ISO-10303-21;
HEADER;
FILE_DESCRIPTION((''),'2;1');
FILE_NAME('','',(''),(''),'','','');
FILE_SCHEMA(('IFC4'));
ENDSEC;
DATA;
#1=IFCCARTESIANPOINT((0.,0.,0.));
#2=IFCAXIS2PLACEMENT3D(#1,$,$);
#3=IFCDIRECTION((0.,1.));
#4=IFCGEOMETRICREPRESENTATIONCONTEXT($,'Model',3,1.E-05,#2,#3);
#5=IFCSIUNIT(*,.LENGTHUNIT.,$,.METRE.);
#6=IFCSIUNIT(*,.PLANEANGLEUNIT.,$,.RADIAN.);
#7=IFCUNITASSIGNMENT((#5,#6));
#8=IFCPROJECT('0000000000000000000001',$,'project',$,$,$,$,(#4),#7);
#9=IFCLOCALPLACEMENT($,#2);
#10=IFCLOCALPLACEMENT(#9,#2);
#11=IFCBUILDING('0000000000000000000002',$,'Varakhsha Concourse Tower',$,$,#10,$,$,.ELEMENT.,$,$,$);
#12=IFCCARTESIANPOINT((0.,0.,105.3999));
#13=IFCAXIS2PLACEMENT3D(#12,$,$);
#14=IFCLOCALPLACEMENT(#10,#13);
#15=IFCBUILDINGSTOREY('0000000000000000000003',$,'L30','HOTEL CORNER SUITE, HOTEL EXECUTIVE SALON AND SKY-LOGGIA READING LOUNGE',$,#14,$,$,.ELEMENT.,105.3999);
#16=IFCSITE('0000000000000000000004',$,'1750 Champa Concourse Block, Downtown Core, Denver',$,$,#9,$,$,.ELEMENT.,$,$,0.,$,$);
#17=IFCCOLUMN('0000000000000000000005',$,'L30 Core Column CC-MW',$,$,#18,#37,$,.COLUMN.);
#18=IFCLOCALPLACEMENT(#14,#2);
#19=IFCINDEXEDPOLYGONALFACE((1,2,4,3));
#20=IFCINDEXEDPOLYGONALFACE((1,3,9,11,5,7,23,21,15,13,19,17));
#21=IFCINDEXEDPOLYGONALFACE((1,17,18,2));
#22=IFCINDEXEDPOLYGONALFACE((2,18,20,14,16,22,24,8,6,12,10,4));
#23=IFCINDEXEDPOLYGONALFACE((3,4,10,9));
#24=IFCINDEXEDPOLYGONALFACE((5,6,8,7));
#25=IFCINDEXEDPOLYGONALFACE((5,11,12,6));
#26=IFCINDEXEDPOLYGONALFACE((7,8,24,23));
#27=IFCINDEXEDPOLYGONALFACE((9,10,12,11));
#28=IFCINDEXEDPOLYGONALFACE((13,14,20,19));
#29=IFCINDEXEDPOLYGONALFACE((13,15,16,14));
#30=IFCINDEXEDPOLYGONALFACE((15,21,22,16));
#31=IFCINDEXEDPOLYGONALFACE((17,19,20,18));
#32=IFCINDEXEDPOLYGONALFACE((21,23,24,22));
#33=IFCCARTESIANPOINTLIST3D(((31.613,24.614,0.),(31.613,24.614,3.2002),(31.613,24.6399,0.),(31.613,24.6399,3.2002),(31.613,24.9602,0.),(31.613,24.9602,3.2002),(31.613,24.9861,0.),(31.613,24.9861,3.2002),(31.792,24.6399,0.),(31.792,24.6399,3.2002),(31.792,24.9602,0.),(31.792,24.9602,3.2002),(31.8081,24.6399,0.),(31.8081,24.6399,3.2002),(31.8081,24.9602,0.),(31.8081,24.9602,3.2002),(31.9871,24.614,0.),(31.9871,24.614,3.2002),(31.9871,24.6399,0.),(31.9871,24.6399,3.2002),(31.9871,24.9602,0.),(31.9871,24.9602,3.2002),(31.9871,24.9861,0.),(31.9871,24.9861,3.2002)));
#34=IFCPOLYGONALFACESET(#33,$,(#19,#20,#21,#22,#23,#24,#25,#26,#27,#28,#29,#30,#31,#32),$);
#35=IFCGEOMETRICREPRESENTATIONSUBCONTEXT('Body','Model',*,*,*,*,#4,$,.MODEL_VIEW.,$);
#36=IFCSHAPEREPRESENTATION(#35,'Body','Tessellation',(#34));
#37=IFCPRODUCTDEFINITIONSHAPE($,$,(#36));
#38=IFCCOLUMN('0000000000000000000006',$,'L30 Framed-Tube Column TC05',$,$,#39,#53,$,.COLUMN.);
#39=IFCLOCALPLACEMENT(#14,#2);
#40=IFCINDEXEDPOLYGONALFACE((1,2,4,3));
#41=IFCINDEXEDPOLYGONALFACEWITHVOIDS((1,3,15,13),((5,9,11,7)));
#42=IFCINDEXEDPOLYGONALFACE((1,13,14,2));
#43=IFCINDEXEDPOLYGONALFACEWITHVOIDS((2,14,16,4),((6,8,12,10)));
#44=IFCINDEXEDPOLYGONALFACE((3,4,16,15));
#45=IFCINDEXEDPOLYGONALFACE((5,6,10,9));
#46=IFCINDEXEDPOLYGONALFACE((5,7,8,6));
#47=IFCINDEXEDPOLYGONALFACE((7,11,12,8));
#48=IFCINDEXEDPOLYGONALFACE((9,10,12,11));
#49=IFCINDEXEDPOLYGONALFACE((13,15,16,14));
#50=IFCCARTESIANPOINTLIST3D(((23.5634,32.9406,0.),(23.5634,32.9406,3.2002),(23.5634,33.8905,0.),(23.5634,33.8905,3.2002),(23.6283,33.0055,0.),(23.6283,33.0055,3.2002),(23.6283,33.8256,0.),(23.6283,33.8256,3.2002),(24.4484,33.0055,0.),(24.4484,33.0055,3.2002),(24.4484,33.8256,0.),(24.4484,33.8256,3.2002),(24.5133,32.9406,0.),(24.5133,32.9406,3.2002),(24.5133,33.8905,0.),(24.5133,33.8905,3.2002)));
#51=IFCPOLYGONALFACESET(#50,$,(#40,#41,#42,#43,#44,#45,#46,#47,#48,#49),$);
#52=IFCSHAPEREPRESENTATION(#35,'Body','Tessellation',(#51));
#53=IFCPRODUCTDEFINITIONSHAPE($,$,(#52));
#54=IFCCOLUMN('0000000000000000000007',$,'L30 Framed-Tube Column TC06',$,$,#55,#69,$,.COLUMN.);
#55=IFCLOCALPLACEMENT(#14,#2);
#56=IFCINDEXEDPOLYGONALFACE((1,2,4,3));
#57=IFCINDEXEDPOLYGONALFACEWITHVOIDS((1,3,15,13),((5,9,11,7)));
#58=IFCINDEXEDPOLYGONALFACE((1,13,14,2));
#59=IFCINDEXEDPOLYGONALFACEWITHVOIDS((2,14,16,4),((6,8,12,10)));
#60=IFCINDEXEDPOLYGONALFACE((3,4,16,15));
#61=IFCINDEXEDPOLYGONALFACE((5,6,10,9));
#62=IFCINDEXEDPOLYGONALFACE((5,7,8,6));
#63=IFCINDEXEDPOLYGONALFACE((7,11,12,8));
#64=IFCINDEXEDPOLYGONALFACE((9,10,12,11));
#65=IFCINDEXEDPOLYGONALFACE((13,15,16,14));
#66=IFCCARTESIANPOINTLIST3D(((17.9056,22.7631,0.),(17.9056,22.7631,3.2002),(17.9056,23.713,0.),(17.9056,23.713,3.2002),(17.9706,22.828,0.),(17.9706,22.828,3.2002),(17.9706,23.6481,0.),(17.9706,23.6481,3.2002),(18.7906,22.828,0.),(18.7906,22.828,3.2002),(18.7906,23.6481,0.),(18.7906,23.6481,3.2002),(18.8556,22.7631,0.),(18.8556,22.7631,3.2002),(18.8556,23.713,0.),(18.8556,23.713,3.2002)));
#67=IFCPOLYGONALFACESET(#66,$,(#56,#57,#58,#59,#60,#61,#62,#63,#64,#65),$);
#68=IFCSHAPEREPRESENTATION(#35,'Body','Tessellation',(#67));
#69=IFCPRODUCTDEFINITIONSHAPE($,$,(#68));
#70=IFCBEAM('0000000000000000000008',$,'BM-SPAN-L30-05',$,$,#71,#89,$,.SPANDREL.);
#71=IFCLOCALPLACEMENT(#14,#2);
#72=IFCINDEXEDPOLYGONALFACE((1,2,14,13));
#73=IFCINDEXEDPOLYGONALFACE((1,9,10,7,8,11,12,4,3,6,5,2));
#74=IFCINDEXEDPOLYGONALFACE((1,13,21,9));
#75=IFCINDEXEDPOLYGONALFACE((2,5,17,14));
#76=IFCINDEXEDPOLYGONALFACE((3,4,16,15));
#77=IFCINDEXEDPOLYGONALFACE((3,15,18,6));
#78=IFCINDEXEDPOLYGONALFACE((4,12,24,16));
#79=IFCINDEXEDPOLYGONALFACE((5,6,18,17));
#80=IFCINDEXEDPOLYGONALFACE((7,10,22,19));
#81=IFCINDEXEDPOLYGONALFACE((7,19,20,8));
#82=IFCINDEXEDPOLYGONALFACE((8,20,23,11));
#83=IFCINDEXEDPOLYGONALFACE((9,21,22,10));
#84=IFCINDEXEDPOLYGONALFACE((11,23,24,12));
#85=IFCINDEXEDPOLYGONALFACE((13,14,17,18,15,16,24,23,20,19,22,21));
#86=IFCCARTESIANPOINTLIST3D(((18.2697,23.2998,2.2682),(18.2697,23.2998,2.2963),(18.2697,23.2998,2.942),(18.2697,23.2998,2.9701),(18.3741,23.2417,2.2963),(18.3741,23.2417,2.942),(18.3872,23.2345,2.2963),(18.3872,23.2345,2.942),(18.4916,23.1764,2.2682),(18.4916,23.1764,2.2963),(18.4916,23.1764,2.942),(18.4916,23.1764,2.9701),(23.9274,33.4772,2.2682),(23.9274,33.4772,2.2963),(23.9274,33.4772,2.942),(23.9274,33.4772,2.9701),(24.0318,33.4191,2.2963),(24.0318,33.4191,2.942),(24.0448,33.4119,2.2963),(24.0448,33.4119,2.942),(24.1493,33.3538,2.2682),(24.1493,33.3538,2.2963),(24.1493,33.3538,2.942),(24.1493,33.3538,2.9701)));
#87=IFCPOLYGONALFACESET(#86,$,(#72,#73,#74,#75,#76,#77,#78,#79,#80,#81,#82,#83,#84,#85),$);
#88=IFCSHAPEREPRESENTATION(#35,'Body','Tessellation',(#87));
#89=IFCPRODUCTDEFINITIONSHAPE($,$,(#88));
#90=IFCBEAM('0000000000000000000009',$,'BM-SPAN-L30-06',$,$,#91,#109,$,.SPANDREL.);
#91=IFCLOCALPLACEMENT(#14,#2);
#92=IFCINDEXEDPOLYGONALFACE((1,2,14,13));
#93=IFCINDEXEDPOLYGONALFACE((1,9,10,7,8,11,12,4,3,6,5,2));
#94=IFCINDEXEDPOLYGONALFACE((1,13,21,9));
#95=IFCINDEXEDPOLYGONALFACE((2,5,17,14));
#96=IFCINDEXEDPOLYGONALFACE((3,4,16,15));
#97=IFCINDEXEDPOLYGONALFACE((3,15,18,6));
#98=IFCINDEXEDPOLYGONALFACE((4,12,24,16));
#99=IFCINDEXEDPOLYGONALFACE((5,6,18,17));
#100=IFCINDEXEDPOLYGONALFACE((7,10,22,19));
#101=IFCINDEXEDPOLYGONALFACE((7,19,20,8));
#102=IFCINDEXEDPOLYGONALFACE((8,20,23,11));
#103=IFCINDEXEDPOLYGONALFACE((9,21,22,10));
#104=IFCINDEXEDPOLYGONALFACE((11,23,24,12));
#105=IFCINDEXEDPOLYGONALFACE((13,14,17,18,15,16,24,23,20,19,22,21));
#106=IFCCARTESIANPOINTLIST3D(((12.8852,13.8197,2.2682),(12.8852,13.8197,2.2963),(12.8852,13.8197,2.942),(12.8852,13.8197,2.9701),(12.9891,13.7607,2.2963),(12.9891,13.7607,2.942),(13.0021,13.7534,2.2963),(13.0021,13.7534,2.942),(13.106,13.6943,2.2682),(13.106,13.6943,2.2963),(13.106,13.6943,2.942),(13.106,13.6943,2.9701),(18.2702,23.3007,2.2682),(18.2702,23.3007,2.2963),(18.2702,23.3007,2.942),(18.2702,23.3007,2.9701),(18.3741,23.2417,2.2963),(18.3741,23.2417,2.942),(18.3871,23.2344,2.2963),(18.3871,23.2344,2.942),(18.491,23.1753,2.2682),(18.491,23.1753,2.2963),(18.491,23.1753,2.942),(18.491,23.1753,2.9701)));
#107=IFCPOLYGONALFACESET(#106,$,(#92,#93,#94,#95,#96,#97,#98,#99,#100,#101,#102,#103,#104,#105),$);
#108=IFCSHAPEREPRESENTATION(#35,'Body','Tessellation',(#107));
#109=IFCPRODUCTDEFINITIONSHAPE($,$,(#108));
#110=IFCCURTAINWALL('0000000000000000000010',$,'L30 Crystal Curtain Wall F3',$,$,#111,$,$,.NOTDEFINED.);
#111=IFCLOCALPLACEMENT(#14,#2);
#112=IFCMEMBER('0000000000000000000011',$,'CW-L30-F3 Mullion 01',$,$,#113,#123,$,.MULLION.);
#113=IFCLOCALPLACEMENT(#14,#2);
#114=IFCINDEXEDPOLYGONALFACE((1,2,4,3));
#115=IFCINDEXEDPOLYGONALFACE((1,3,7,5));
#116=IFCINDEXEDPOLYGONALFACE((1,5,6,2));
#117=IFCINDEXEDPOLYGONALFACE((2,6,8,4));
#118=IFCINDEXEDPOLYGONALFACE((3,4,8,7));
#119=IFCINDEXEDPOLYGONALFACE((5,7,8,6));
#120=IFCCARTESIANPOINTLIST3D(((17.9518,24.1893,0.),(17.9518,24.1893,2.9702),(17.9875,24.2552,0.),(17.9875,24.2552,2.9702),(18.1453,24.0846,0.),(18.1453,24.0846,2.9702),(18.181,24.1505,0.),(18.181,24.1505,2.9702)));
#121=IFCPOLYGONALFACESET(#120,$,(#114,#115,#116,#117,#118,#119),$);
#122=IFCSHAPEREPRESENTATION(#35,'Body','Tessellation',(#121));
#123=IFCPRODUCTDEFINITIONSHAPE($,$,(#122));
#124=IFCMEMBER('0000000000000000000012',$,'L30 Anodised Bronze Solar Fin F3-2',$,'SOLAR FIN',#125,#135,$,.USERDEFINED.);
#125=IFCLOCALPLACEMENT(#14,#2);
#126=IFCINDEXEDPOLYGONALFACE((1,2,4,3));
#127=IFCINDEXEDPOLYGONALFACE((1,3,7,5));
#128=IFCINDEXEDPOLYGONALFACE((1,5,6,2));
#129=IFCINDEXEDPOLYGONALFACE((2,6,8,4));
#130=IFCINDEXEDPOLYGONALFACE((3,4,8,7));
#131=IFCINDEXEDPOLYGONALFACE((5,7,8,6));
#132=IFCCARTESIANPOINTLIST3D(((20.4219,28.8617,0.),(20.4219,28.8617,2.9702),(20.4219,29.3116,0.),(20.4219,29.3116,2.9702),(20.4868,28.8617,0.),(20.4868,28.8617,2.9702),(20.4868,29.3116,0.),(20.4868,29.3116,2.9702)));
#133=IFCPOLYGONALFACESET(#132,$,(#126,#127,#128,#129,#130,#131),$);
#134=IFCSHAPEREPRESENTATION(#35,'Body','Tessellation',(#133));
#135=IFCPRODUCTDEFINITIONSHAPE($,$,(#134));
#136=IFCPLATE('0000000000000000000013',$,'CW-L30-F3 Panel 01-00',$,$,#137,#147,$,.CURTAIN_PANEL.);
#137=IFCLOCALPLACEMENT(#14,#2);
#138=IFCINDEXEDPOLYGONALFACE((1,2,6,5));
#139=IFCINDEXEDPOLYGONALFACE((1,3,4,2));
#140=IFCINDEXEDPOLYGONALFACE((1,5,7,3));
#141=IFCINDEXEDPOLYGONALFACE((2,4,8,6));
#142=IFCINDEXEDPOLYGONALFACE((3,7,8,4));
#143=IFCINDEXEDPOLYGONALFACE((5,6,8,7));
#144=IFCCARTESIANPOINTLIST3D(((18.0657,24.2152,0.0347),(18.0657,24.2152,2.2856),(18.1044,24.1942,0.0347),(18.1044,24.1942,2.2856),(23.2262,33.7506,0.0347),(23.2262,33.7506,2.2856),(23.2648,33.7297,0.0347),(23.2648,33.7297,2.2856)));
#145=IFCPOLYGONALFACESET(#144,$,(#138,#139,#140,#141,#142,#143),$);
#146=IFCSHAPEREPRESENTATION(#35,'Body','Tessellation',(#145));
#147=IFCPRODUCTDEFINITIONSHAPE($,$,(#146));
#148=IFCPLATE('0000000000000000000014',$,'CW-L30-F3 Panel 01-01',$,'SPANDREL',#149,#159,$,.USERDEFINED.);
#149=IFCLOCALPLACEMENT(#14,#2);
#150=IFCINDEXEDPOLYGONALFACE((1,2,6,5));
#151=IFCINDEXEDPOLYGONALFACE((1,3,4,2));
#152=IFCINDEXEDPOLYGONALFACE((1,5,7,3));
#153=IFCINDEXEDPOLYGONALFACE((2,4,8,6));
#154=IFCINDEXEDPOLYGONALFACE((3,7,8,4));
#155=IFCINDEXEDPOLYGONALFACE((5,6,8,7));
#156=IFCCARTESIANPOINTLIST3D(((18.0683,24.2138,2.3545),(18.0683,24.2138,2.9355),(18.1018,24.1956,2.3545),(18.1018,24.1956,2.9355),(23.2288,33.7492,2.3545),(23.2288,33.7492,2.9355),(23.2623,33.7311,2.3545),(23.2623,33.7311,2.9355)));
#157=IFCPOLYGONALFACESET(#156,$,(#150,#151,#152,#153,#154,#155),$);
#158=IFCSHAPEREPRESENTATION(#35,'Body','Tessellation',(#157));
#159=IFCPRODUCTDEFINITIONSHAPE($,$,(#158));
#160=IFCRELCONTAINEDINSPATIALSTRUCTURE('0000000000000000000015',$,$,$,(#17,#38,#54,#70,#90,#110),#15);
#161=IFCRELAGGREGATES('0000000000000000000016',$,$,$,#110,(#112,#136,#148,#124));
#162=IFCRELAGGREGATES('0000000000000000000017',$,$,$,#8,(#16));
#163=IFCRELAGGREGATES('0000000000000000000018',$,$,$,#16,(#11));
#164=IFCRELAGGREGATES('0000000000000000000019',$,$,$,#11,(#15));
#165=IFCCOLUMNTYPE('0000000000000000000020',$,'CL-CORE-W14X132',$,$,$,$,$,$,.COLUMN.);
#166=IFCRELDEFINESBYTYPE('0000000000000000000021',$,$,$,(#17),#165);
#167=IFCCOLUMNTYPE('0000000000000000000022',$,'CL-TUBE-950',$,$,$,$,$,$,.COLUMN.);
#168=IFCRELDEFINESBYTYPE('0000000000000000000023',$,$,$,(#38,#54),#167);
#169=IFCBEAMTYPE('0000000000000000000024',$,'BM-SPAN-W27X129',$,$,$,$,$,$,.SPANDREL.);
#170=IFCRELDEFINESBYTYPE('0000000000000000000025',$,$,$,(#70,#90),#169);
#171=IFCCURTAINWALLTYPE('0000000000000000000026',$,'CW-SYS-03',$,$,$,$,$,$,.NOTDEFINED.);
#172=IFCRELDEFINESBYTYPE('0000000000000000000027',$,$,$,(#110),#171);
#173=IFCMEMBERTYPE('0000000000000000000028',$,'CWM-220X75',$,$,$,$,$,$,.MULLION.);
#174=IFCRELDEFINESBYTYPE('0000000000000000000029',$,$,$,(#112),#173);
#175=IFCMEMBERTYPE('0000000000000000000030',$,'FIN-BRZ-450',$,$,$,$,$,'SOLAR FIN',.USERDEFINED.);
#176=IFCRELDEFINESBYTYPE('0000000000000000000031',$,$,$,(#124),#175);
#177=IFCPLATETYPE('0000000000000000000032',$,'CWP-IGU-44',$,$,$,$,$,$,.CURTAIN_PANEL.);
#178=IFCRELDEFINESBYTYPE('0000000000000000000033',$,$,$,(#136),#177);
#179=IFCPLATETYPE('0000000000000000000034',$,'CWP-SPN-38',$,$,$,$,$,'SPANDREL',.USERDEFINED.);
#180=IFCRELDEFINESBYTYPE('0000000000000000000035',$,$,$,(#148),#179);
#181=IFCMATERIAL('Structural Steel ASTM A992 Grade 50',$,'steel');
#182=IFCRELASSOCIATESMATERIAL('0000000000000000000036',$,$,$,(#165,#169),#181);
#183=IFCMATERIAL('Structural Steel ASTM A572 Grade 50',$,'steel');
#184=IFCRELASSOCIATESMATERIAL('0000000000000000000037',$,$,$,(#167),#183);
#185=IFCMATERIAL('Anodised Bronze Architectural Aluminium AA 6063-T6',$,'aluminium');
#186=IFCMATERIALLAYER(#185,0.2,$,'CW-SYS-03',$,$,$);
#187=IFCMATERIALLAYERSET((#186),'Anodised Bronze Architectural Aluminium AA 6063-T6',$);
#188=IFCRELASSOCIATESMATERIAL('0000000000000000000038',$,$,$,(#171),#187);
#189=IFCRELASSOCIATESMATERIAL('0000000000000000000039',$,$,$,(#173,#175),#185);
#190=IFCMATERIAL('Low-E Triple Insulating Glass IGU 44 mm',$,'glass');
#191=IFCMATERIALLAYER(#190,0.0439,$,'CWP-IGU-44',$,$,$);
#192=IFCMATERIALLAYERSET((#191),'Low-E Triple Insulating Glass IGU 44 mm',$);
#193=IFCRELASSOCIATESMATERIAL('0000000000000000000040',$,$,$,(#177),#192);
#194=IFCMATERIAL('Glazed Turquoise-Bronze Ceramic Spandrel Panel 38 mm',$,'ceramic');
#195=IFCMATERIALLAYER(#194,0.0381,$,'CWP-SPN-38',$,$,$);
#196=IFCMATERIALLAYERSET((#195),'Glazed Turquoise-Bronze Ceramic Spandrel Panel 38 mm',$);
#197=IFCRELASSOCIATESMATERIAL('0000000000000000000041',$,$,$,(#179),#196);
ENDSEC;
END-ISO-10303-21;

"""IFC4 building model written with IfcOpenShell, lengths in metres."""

from ifc_helpers import new_model, si_unit, direction, frame, origin, origin_2d, place, context, subcontext, project, spatial, rectangle, hollow_rectangle, i_section, extrude, source, transform, mapped, material, layer, layer_set, material_profile, profile_set, type_object, type_shapes, element, aggregate, save


model = new_model("IFC4")

# Units and contexts
model_context = context("Model", 3, precision=1e-05, world=origin(), true_north=direction((0.0, 1.0)))
body_context = subcontext(model_context, "Body", "Model", "MODEL_VIEW")
ifc_project = project(units=[si_unit("LENGTHUNIT", "METRE"), si_unit("PLANEANGLEUNIT", "RADIAN")], contexts=[model_context])

# Site, building, storey
site_placement = place(None, origin())
site = spatial("IfcSite", under=ifc_project, at=site_placement, Name="1750 Champa Concourse Block, Downtown Core, Denver", CompositionType="ELEMENT", RefElevation=0.0)
building_placement = place(site_placement, origin())
building = spatial("IfcBuilding", under=site, at=building_placement, Name="Varakhsha Concourse Tower", CompositionType="ELEMENT")
storey_placement = place(building_placement, frame((0.0, 0.0, 105.3999)))
storey = spatial("IfcBuildingStorey", under=building, at=storey_placement, Name="L30", Description="HOTEL CORNER SUITE, HOTEL EXECUTIVE SALON AND SKY-LOGGIA READING LOUNGE", CompositionType="ELEMENT", Elevation=105.3999)

# Columns
ifc_material_1 = material(Name="Structural Steel ASTM A992 Grade 50", Category="steel")
ifc_material_profile_1 = material_profile(ifc_material_1, i_section(OverallWidth=0.374, OverallDepth=0.3721, WebThickness=0.0161, FlangeThickness=0.0259, at=origin_2d()), Name="W14X132")
ifc_profile_set_1 = profile_set([ifc_material_profile_1], Name="Structural Steel ASTM A992 Grade 50")
column_type_1 = type_object("IfcColumnType", Name="CL-CORE-W14X132", PredefinedType="COLUMN", material=ifc_profile_set_1)
column_placement = place(storey_placement, frame((31.8, 24.8, 0.0), z_axis=(0.0, 0.0, 1.0), x_axis=(1.0, 0.0, 0.0)))
element("IfcColumn", 1, at=column_placement, inside=storey, type_object=column_type_1, Name="L30 Core Column CC-MW", PredefinedType="COLUMN", context=body_context, shape_type="SweptSolid", body=[
    extrude(i_section(OverallWidth=0.374, OverallDepth=0.3721, WebThickness=0.0161, FlangeThickness=0.0259, at=origin_2d()), origin(), (0.0, 0.0, 1.0), 3.2002),
])
ifc_material_2 = material(Name="Structural Steel ASTM A572 Grade 50", Category="steel")
ifc_material_profile_2 = material_profile(ifc_material_2, hollow_rectangle(XDim=0.95, YDim=0.95, WallThickness=0.0649, at=origin_2d()), Name="BOX 950x950x65")
ifc_profile_set_2 = profile_set([ifc_material_profile_2], Name="Structural Steel ASTM A572 Grade 50")
column_type_2 = type_object("IfcColumnType", Name="CL-TUBE-950", PredefinedType="COLUMN", material=ifc_profile_set_2)
for number, where, z_axis, x_axis, name in (
    (2, (24.0383, 33.4155, 0.0), (0.0, 0.0, 1.0), (1.0, 0.0, 0.0), "L30 Framed-Tube Column TC05"),
    (3, (18.3806, 23.238, 0.0), (0.0, 0.0, 1.0), (1.0, 0.0, 0.0), "L30 Framed-Tube Column TC06"),
):
    element("IfcColumn", number, at=place(storey_placement, frame(where, z_axis=z_axis, x_axis=x_axis)), inside=storey, type_object=column_type_2, Name=name, PredefinedType="COLUMN", context=body_context, shape_type="SweptSolid", body=[
        extrude(hollow_rectangle(XDim=0.95, YDim=0.95, WallThickness=0.0649, at=origin_2d()), origin(), (0.0, 0.0, 1.0), 3.2002),
    ])

# Beams
ifc_material_profile_3 = material_profile(ifc_material_1, i_section(OverallWidth=0.2539, OverallDepth=0.7019, WebThickness=0.0149, FlangeThickness=0.0281, at=origin_2d()), Name="W27X129")
ifc_profile_set_3 = profile_set([ifc_material_profile_3], Name="Structural Steel ASTM A992 Grade 50")
beam_type = type_object("IfcBeamType", Name="BM-SPAN-W27X129", PredefinedType="SPANDREL", material=ifc_profile_set_3)
beam_1_placement = place(storey_placement, frame((24.0383, 33.4155, 2.6191), z_axis=(-0.485876, -0.874028, 0.0), x_axis=(0.874028, -0.485876, 0.0)))
element("IfcBeam", 4, at=beam_1_placement, inside=storey, type_object=beam_type, Name="BM-SPAN-L30-05", PredefinedType="SPANDREL", context=body_context, shape_type="SweptSolid", body=[
    extrude(i_section(OverallWidth=0.2539, OverallDepth=0.7019, WebThickness=0.0149, FlangeThickness=0.0281, at=origin_2d()), origin(), (0.0, 0.0, 1.0), 11.6443),
])
beam_2_placement = place(storey_placement, frame((18.3806, 23.238, 2.6191), z_axis=(-0.493878, -0.869531, 0.0), x_axis=(0.869531, -0.493878, 0.0)))
element("IfcBeam", 5, at=beam_2_placement, inside=storey, type_object=beam_type, Name="BM-SPAN-L30-06", PredefinedType="SPANDREL", context=body_context, shape_type="SweptSolid", body=[
    extrude(i_section(OverallWidth=0.2539, OverallDepth=0.7019, WebThickness=0.0149, FlangeThickness=0.0281, at=origin_2d()), origin(), (0.0, 0.0, 1.0), 10.9036),
])

# Curtain wall, members, plates
ifc_material_3 = material(Name="Anodised Bronze Architectural Aluminium AA 6063-T6", Category="aluminium")
ifc_layer_1 = layer(ifc_material_3, 0.2, Name="CW-SYS-03")
ifc_layer_set_1 = layer_set([ifc_layer_1], Name="Anodised Bronze Architectural Aluminium AA 6063-T6")
curtain_wall_type = type_object("IfcCurtainWallType", Name="CW-SYS-03", PredefinedType="NOTDEFINED", material=ifc_layer_set_1)
curtain_wall_placement = place(storey_placement, origin())
curtain_wall = element("IfcCurtainWall", 6, at=curtain_wall_placement, inside=storey, type_object=curtain_wall_type, Name="L30 Crystal Curtain Wall F3", PredefinedType="NOTDEFINED")
ifc_material_profile_4 = material_profile(ifc_material_3, rectangle(XDim=0.075, YDim=0.22, at=origin_2d()), Name="CWM-220X75")
ifc_profile_set_4 = profile_set([ifc_material_profile_4], Name="Anodised Bronze Architectural Aluminium AA 6063-T6")
member_type_1 = type_object("IfcMemberType", Name="CWM-220X75", PredefinedType="MULLION", material=ifc_profile_set_4)
shared_shape_1 = source(origin(), body_context, "Body", "SweptSolid", [
    extrude(rectangle(XDim=0.075, YDim=0.22, at=origin_2d()), origin(), (0.0, 0.0, 1.0), 2.9702),
])
type_shapes(member_type_1, [shared_shape_1])
member_1_placement = place(storey_placement, frame((18.0664, 24.1699, 0.0), z_axis=(0.0, 0.0, 1.0), x_axis=(0.475959, 0.879468, 0.0)))
member_1 = element("IfcMember", 7, at=member_1_placement, type_object=member_type_1, Name="CW-L30-F3 Mullion 01", PredefinedType="MULLION", context=body_context, shape_type="MappedRepresentation", body=[
    mapped(shared_shape_1, transform((0.0, 0.0, 0.0), scale=1.0)),
])
ifc_material_profile_5 = material_profile(ifc_material_3, rectangle(XDim=0.0649, YDim=0.45, at=origin_2d()), Name="FIN-BRZ-450")
ifc_profile_set_5 = profile_set([ifc_material_profile_5], Name="Anodised Bronze Architectural Aluminium AA 6063-T6")
member_type_2 = type_object("IfcMemberType", Name="FIN-BRZ-450", ElementType="SOLAR FIN", PredefinedType="USERDEFINED", material=ifc_profile_set_5)
shared_shape_2 = source(origin(), body_context, "Body", "SweptSolid", [
    extrude(rectangle(XDim=0.0649, YDim=0.45, at=origin_2d()), origin(), (0.0, 0.0, 1.0), 2.9702),
])
type_shapes(member_type_2, [shared_shape_2])
member_2_placement = place(storey_placement, frame((20.4543, 29.0867, 0.0), z_axis=(0.0, 0.0, 1.0), x_axis=(1.0, 0.0, 0.0)))
member_2 = element("IfcMember", 8, at=member_2_placement, type_object=member_type_2, Name="L30 Anodised Bronze Solar Fin F3-2", ObjectType="SOLAR FIN", PredefinedType="USERDEFINED", context=body_context, shape_type="MappedRepresentation", body=[
    mapped(shared_shape_2, transform((0.0, 0.0, 0.0), scale=1.0)),
])
ifc_material_4 = material(Name="Low-E Triple Insulating Glass IGU 44 mm", Category="glass")
ifc_layer_2 = layer(ifc_material_4, 0.0439, Name="CWP-IGU-44")
ifc_layer_set_2 = layer_set([ifc_layer_2], Name="Low-E Triple Insulating Glass IGU 44 mm")
plate_type_1 = type_object("IfcPlateType", Name="CWP-IGU-44", PredefinedType="CURTAIN_PANEL", material=ifc_layer_set_2)
shared_shape_3 = source(origin(), body_context, "Body", "SweptSolid", [
    extrude(rectangle(XDim=10.8423, YDim=0.0439, at=origin_2d()), origin(), (0.0, 0.0, 1.0), 2.251),
])
type_shapes(plate_type_1, [shared_shape_3])
plate_1_placement = place(storey_placement, frame((20.6653, 28.9724, 0.0347), z_axis=(0.0, 0.0, 1.0), x_axis=(0.475959, 0.879468, 0.0)))
plate_1 = element("IfcPlate", 9, at=plate_1_placement, type_object=plate_type_1, Name="CW-L30-F3 Panel 01-00", PredefinedType="CURTAIN_PANEL", context=body_context, shape_type="MappedRepresentation", body=[
    mapped(shared_shape_3, transform((0.0, 0.0, 0.0), scale=1.0)),
])
ifc_material_5 = material(Name="Glazed Turquoise-Bronze Ceramic Spandrel Panel 38 mm", Category="ceramic")
ifc_layer_3 = layer(ifc_material_5, 0.0381, Name="CWP-SPN-38")
ifc_layer_set_3 = layer_set([ifc_layer_3], Name="Glazed Turquoise-Bronze Ceramic Spandrel Panel 38 mm")
plate_type_2 = type_object("IfcPlateType", Name="CWP-SPN-38", ElementType="SPANDREL", PredefinedType="USERDEFINED", material=ifc_layer_set_3)
shared_shape_4 = source(origin(), body_context, "Body", "SweptSolid", [
    extrude(rectangle(XDim=10.8423, YDim=0.0381, at=origin_2d()), origin(), (0.0, 0.0, 1.0), 0.5811),
])
type_shapes(plate_type_2, [shared_shape_4])
plate_2_placement = place(storey_placement, frame((20.6653, 28.9724, 2.3545), z_axis=(0.0, 0.0, 1.0), x_axis=(0.475959, 0.879468, 0.0)))
plate_2 = element("IfcPlate", 10, at=plate_2_placement, type_object=plate_type_2, Name="CW-L30-F3 Panel 01-01", ObjectType="SPANDREL", PredefinedType="USERDEFINED", context=body_context, shape_type="MappedRepresentation", body=[
    mapped(shared_shape_4, transform((0.0, 0.0, 0.0), scale=1.0)),
])
aggregate(curtain_wall, [member_1, plate_1, plate_2, member_2])

save(model, "model.ifc")
